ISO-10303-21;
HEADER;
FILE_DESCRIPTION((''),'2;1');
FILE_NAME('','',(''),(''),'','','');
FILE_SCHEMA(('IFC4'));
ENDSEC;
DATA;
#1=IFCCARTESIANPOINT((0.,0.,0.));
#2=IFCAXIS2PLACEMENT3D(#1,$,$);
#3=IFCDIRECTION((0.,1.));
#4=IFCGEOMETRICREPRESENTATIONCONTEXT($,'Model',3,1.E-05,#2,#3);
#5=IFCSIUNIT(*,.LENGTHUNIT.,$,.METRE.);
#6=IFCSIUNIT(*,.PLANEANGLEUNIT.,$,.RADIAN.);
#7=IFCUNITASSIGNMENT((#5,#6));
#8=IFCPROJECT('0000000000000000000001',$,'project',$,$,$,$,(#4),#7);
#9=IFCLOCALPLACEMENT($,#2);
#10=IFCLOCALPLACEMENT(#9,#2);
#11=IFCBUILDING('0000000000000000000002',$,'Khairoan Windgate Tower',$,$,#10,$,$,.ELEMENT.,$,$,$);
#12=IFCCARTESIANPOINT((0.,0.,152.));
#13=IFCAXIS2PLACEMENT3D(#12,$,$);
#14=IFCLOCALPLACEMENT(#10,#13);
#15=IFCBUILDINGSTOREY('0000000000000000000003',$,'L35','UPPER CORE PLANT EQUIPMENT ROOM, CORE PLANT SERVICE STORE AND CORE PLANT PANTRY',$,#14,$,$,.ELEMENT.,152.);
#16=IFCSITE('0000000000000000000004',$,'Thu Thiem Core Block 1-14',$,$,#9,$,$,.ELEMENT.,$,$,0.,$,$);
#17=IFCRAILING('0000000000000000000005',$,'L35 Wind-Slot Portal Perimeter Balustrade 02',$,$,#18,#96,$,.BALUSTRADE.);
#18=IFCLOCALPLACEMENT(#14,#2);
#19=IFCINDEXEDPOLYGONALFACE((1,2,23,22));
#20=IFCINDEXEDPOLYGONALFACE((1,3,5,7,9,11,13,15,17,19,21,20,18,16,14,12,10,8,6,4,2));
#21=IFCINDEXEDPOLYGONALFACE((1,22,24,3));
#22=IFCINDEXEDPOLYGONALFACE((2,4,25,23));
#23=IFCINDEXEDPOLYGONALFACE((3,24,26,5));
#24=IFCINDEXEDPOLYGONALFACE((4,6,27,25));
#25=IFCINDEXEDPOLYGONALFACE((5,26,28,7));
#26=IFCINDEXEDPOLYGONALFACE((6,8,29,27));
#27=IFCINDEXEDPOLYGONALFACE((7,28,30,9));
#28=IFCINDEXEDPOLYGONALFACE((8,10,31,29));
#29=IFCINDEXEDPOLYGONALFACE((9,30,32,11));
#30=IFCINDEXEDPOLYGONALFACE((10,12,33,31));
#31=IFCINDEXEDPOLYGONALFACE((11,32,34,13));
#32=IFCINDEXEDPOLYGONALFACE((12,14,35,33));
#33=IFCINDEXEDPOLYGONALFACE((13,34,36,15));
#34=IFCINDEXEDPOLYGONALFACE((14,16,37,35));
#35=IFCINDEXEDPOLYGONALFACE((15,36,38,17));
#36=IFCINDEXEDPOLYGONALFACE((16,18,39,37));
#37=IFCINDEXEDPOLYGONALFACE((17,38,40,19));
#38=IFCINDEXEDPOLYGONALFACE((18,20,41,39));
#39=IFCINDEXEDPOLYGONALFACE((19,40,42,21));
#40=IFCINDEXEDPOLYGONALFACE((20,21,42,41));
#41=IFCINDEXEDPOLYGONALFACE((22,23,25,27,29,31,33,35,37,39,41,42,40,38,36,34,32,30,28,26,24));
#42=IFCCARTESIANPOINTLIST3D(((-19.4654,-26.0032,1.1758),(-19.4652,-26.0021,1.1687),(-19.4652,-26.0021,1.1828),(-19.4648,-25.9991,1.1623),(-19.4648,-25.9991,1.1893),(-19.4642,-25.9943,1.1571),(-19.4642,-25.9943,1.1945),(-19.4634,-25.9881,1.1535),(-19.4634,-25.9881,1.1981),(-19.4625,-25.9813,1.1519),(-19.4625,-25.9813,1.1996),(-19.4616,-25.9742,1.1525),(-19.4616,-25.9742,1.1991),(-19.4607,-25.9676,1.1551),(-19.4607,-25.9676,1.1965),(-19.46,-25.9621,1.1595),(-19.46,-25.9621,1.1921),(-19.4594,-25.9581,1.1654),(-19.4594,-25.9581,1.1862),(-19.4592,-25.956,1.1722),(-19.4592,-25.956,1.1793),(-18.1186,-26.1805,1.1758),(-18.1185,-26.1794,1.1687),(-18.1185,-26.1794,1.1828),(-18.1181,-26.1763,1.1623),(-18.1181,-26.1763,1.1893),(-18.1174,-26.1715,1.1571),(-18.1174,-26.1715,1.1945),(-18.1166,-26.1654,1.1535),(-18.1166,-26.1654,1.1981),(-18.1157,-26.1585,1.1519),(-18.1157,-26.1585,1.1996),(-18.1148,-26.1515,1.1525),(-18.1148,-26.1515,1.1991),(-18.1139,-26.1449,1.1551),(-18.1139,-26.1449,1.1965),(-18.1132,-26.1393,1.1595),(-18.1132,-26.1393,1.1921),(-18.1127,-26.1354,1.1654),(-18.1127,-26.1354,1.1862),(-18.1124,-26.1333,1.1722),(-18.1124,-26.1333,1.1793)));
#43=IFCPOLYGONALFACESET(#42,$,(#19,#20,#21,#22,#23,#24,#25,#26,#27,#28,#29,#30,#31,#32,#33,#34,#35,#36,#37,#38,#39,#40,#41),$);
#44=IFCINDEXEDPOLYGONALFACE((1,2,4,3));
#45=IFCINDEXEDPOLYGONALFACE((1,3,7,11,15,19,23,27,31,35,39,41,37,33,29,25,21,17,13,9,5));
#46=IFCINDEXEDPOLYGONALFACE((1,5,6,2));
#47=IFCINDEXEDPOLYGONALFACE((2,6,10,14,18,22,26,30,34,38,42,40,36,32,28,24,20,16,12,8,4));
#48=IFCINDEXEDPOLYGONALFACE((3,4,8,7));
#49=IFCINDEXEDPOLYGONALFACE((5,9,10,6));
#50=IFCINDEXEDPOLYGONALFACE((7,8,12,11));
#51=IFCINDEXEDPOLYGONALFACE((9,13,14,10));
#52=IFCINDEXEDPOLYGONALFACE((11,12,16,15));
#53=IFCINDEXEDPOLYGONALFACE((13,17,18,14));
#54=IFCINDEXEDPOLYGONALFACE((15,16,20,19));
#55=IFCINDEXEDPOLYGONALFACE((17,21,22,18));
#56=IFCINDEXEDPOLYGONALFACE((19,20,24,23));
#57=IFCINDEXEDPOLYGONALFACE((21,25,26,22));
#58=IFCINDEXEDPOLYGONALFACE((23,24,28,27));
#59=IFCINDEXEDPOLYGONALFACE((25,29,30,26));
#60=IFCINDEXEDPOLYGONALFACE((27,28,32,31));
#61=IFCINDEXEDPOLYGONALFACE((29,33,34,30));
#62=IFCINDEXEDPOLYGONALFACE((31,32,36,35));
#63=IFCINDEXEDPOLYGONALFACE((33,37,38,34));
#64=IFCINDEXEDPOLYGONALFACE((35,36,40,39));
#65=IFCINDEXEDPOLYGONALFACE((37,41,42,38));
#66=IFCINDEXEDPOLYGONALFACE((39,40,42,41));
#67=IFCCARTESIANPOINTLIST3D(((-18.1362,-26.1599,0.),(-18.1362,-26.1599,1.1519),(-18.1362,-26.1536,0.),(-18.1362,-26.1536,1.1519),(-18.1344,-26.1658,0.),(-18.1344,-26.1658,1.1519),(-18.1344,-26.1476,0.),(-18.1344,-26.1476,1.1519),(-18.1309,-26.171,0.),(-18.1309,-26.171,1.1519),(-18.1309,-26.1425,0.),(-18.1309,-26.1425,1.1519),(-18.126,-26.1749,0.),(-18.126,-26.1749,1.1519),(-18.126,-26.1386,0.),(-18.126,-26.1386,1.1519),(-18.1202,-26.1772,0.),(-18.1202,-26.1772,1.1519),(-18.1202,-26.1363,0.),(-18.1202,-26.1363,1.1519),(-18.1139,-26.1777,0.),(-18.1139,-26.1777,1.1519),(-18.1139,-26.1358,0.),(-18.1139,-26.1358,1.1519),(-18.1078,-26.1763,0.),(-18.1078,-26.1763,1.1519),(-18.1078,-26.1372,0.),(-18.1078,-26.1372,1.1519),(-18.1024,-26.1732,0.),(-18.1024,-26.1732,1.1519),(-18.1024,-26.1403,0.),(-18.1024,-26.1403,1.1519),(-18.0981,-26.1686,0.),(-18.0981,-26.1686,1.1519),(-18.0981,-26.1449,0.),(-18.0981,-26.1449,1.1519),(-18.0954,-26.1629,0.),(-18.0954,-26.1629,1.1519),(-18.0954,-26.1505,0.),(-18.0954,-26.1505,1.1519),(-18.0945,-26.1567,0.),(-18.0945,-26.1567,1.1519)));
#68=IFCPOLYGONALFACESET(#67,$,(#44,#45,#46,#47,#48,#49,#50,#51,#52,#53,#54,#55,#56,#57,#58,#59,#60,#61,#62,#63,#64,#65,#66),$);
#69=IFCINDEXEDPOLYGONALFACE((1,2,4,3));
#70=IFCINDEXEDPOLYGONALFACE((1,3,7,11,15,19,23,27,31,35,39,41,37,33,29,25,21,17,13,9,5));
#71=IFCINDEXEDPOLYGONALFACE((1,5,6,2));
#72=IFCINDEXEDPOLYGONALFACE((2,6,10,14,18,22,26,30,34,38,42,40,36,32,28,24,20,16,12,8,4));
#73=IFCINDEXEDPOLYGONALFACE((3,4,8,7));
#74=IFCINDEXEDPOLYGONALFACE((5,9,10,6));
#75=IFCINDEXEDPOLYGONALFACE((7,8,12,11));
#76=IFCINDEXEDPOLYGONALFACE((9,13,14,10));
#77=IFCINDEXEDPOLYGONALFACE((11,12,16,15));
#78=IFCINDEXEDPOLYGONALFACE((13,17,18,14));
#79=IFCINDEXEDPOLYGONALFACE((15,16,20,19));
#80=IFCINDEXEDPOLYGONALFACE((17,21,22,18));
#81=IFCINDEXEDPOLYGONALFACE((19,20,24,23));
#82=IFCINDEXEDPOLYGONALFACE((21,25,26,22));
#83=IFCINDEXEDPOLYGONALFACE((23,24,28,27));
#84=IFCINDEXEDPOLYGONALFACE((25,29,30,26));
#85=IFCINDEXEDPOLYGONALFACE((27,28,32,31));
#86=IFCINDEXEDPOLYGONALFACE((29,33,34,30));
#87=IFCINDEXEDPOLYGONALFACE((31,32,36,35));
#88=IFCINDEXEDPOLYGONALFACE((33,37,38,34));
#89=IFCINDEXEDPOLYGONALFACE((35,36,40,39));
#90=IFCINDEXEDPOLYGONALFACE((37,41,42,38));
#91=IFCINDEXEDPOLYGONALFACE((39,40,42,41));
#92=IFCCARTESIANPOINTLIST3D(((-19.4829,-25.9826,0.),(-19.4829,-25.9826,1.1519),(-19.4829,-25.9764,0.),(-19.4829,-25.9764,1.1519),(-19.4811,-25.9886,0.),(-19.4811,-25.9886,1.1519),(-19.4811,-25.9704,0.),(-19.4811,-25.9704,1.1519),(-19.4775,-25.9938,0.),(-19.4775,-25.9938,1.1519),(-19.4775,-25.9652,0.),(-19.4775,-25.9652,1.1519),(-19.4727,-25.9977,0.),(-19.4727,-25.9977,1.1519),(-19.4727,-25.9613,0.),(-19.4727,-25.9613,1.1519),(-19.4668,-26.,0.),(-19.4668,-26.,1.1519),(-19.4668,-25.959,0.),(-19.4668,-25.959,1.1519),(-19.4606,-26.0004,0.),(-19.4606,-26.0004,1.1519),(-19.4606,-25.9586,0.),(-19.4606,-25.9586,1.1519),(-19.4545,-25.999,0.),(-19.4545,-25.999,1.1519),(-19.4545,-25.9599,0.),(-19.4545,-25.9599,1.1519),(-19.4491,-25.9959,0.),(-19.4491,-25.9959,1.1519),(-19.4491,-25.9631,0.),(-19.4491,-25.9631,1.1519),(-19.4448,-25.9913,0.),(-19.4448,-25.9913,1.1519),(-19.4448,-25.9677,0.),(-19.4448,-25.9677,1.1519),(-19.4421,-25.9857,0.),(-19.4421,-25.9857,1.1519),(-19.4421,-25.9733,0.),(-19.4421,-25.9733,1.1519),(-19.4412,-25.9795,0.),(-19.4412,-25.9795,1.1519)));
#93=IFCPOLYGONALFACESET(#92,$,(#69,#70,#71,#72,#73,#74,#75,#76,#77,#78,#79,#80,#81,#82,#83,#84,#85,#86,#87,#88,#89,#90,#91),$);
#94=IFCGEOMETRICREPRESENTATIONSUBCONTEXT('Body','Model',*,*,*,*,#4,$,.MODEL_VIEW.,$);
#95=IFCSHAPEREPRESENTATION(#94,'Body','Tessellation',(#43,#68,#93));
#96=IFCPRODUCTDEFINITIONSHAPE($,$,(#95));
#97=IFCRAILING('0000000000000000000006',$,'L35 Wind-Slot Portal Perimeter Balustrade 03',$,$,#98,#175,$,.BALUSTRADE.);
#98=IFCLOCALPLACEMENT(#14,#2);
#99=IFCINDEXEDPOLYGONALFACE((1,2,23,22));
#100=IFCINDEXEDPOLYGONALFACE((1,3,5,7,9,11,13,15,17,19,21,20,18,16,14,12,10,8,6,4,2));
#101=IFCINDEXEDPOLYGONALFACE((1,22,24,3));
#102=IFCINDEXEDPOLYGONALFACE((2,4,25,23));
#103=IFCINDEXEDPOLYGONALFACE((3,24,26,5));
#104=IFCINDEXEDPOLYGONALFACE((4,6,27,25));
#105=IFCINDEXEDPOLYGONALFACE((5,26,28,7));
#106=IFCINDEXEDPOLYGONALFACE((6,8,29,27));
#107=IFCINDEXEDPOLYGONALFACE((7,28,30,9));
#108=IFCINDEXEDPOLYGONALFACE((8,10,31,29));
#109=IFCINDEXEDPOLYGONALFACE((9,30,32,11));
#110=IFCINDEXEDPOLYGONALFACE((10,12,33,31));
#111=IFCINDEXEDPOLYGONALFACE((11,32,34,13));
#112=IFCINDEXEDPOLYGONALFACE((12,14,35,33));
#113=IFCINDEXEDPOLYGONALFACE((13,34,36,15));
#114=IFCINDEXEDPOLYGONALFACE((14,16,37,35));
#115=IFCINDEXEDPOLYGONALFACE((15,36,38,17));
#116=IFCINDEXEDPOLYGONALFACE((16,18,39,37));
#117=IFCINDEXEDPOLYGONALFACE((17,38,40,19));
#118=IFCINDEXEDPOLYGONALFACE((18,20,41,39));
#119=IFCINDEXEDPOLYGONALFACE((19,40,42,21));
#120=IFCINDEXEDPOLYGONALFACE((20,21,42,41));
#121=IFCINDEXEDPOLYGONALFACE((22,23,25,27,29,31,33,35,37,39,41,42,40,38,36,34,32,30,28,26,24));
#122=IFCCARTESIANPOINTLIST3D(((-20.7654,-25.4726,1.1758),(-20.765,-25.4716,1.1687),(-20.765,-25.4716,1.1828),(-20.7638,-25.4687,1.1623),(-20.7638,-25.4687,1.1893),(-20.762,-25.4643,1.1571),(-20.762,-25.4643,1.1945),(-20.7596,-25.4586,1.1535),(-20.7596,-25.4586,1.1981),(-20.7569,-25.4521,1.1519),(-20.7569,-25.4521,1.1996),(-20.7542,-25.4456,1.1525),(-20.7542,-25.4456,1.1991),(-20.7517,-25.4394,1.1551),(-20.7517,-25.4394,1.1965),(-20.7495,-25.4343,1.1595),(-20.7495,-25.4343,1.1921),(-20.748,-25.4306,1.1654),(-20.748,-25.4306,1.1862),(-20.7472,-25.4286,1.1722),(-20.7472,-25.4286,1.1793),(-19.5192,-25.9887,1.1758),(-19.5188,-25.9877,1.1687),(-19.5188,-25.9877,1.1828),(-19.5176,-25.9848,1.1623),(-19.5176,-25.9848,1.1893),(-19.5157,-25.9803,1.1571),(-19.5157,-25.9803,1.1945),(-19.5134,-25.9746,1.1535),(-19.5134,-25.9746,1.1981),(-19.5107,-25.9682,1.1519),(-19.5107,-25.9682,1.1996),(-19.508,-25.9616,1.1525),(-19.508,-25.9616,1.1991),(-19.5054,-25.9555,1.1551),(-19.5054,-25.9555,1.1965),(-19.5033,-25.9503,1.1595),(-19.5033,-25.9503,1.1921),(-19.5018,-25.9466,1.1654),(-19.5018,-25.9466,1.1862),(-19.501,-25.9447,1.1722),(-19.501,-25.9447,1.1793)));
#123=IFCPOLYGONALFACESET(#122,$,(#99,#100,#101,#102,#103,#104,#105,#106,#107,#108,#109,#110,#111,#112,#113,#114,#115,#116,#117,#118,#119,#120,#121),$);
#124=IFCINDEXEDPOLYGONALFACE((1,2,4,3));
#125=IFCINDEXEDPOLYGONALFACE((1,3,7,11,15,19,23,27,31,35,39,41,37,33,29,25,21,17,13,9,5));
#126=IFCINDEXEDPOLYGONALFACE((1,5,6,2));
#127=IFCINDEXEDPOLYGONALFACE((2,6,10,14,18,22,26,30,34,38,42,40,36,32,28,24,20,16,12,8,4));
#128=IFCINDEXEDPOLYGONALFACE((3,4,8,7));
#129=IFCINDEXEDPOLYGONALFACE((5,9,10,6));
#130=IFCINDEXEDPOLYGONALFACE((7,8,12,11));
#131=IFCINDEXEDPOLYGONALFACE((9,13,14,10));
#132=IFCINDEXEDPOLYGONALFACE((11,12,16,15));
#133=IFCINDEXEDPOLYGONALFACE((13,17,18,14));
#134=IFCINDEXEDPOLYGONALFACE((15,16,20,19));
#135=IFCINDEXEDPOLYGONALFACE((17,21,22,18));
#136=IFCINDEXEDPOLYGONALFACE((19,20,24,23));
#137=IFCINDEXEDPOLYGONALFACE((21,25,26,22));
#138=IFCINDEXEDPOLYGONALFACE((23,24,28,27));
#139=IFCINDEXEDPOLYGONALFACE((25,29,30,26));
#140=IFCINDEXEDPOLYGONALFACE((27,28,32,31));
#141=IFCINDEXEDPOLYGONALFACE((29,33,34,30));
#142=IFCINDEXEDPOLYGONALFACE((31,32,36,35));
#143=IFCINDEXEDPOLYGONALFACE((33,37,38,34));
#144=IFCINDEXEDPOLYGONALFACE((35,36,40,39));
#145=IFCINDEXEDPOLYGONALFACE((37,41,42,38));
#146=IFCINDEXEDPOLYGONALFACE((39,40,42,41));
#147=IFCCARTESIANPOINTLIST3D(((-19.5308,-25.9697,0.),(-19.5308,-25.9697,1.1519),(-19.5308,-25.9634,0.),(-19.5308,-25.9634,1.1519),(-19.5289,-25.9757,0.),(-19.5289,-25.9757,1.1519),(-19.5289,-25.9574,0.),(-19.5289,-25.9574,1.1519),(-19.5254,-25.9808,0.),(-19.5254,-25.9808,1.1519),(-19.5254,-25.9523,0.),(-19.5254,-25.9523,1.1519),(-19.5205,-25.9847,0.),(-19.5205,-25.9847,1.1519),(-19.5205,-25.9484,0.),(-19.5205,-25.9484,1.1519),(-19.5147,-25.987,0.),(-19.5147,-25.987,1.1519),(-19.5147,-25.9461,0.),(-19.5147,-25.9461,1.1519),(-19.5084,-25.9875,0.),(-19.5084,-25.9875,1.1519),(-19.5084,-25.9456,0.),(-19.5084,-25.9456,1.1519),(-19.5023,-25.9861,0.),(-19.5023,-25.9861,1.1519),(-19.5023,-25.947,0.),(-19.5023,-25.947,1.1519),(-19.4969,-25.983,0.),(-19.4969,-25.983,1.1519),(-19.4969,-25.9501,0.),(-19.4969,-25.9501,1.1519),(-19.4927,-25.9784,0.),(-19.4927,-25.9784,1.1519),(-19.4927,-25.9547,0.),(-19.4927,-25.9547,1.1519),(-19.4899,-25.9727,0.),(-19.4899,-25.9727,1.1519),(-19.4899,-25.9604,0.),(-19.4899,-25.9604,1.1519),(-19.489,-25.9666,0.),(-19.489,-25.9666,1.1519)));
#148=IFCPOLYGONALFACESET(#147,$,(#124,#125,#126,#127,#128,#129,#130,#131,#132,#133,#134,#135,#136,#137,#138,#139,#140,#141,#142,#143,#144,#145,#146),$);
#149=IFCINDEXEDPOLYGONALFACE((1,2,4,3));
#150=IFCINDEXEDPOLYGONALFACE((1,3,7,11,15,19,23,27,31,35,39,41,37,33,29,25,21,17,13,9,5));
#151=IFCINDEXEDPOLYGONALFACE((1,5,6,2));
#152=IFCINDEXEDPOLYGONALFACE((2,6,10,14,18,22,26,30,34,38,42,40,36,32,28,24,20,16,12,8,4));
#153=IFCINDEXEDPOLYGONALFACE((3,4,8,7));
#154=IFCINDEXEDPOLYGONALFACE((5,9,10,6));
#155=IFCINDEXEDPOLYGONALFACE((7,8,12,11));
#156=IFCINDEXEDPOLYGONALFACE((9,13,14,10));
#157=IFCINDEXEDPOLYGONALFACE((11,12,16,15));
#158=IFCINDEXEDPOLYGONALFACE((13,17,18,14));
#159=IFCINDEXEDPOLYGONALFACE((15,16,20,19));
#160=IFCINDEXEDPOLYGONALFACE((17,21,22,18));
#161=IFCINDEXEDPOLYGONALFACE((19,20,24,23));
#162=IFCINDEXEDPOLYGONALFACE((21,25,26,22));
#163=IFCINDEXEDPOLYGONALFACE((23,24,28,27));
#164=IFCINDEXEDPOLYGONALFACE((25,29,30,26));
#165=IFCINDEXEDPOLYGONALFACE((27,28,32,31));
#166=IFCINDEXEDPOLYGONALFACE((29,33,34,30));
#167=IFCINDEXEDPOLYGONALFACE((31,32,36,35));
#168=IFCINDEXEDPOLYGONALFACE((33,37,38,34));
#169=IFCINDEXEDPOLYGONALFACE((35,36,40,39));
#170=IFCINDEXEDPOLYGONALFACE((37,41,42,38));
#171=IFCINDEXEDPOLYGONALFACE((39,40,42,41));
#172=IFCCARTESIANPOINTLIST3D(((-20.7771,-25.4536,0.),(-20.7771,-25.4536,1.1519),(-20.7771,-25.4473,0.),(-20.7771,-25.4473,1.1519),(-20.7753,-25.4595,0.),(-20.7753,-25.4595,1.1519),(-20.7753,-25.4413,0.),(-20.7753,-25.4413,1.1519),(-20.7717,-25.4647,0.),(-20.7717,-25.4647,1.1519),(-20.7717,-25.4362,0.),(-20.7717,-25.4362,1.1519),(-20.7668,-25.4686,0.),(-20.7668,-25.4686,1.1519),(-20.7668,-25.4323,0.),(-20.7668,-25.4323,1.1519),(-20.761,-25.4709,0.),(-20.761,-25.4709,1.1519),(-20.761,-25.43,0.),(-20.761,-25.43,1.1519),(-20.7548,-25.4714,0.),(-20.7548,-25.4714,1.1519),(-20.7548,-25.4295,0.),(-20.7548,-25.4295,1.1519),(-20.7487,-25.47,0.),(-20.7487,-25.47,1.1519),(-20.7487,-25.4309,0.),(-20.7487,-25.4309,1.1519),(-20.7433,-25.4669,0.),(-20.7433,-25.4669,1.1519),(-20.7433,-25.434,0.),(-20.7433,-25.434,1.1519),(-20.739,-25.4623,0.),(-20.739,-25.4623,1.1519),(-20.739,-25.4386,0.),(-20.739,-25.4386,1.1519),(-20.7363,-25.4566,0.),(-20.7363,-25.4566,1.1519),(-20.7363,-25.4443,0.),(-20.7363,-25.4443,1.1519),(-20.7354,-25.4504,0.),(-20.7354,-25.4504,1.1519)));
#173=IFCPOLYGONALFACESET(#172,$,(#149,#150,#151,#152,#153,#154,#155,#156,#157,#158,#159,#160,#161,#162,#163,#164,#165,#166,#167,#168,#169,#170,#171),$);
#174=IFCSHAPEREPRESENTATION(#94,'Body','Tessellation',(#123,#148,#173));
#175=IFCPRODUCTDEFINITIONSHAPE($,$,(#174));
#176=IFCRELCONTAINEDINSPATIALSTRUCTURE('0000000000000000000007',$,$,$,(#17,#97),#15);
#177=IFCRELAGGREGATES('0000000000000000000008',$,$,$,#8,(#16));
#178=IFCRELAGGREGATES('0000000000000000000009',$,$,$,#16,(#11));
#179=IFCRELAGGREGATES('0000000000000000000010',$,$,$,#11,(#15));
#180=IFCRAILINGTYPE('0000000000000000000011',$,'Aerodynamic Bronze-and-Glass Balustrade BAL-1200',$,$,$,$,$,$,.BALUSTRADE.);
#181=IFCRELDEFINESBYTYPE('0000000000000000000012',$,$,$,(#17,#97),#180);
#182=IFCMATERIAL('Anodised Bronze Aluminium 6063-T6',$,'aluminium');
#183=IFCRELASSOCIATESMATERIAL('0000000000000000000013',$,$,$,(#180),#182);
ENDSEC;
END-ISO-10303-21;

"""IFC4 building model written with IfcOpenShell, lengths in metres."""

from ifc_helpers import new_model, si_unit, direction, frame, origin, origin_2d, place, context, subcontext, project, spatial, circle, extrude, material, type_object, element, save


model = new_model("IFC4")

# Units and contexts
model_context = context("Model", 3, precision=1e-05, world=origin(), true_north=direction((0.0, 1.0)))
body_context = subcontext(model_context, "Body", "Model", "MODEL_VIEW")
ifc_project = project(units=[si_unit("LENGTHUNIT", "METRE"), si_unit("PLANEANGLEUNIT", "RADIAN")], contexts=[model_context])

# Site, building, storey
site_placement = place(None, origin())
site = spatial("IfcSite", under=ifc_project, at=site_placement, Name="Thu Thiem Core Block 1-14", CompositionType="ELEMENT", RefElevation=0.0)
building_placement = place(site_placement, origin())
building = spatial("IfcBuilding", under=site, at=building_placement, Name="Khairoan Windgate Tower", CompositionType="ELEMENT")
storey_placement = place(building_placement, frame((0.0, 0.0, 152.0)))
storey = spatial("IfcBuildingStorey", under=building, at=storey_placement, Name="L35", Description="UPPER CORE PLANT EQUIPMENT ROOM, CORE PLANT SERVICE STORE AND CORE PLANT PANTRY", CompositionType="ELEMENT", Elevation=152.0)

# Railings
ifc_material_1 = material(Name="Anodised Bronze Aluminium 6063-T6", Category="aluminium")
railing_type = type_object("IfcRailingType", Name="Aerodynamic Bronze-and-Glass Balustrade BAL-1200", PredefinedType="BALUSTRADE", material=ifc_material_1)
railing_1_placement = place(storey_placement, frame((-18.1155, -26.1567, 0.0)))
element("IfcRailing", 1, at=railing_1_placement, inside=storey, type_object=railing_type, Name="L35 Wind-Slot Portal Perimeter Balustrade 02", PredefinedType="BALUSTRADE", context=body_context, shape_type="SweptSolid", body=[
    extrude(circle(Radius=0.0239, at=origin_2d()), frame((0.0, 0.0, 1.1758), z_axis=(-0.991449, 0.130492, 0.0), x_axis=(-0.130492, -0.991449, 0.0)), (0.0, 0.0, 1.0), 1.3584),
    extrude(circle(Radius=0.021, at=origin_2d()), origin(), (0.0, 0.0, 1.0), 1.1519),
    extrude(circle(Radius=0.021, at=origin_2d()), frame((-1.3467, 0.1772, 0.0)), (0.0, 0.0, 1.0), 1.1519),
])
railing_2_placement = place(storey_placement, frame((-19.51, -25.9666, 0.0)))
element("IfcRailing", 2, at=railing_2_placement, inside=storey, type_object=railing_type, Name="L35 Wind-Slot Portal Perimeter Balustrade 03", PredefinedType="BALUSTRADE", context=body_context, shape_type="SweptSolid", body=[
    extrude(circle(Radius=0.0239, at=origin_2d()), frame((0.0, 0.0, 1.1758), z_axis=(-0.923915, 0.382597, 0.0), x_axis=(-0.382597, -0.923915, 0.0)), (0.0, 0.0, 1.0), 1.3489),
    extrude(circle(Radius=0.021, at=origin_2d()), origin(), (0.0, 0.0, 1.0), 1.1519),
    extrude(circle(Radius=0.021, at=origin_2d()), frame((-1.2463, 0.5161, 0.0)), (0.0, 0.0, 1.0), 1.1519),
])

save(model, "model.ifc")
